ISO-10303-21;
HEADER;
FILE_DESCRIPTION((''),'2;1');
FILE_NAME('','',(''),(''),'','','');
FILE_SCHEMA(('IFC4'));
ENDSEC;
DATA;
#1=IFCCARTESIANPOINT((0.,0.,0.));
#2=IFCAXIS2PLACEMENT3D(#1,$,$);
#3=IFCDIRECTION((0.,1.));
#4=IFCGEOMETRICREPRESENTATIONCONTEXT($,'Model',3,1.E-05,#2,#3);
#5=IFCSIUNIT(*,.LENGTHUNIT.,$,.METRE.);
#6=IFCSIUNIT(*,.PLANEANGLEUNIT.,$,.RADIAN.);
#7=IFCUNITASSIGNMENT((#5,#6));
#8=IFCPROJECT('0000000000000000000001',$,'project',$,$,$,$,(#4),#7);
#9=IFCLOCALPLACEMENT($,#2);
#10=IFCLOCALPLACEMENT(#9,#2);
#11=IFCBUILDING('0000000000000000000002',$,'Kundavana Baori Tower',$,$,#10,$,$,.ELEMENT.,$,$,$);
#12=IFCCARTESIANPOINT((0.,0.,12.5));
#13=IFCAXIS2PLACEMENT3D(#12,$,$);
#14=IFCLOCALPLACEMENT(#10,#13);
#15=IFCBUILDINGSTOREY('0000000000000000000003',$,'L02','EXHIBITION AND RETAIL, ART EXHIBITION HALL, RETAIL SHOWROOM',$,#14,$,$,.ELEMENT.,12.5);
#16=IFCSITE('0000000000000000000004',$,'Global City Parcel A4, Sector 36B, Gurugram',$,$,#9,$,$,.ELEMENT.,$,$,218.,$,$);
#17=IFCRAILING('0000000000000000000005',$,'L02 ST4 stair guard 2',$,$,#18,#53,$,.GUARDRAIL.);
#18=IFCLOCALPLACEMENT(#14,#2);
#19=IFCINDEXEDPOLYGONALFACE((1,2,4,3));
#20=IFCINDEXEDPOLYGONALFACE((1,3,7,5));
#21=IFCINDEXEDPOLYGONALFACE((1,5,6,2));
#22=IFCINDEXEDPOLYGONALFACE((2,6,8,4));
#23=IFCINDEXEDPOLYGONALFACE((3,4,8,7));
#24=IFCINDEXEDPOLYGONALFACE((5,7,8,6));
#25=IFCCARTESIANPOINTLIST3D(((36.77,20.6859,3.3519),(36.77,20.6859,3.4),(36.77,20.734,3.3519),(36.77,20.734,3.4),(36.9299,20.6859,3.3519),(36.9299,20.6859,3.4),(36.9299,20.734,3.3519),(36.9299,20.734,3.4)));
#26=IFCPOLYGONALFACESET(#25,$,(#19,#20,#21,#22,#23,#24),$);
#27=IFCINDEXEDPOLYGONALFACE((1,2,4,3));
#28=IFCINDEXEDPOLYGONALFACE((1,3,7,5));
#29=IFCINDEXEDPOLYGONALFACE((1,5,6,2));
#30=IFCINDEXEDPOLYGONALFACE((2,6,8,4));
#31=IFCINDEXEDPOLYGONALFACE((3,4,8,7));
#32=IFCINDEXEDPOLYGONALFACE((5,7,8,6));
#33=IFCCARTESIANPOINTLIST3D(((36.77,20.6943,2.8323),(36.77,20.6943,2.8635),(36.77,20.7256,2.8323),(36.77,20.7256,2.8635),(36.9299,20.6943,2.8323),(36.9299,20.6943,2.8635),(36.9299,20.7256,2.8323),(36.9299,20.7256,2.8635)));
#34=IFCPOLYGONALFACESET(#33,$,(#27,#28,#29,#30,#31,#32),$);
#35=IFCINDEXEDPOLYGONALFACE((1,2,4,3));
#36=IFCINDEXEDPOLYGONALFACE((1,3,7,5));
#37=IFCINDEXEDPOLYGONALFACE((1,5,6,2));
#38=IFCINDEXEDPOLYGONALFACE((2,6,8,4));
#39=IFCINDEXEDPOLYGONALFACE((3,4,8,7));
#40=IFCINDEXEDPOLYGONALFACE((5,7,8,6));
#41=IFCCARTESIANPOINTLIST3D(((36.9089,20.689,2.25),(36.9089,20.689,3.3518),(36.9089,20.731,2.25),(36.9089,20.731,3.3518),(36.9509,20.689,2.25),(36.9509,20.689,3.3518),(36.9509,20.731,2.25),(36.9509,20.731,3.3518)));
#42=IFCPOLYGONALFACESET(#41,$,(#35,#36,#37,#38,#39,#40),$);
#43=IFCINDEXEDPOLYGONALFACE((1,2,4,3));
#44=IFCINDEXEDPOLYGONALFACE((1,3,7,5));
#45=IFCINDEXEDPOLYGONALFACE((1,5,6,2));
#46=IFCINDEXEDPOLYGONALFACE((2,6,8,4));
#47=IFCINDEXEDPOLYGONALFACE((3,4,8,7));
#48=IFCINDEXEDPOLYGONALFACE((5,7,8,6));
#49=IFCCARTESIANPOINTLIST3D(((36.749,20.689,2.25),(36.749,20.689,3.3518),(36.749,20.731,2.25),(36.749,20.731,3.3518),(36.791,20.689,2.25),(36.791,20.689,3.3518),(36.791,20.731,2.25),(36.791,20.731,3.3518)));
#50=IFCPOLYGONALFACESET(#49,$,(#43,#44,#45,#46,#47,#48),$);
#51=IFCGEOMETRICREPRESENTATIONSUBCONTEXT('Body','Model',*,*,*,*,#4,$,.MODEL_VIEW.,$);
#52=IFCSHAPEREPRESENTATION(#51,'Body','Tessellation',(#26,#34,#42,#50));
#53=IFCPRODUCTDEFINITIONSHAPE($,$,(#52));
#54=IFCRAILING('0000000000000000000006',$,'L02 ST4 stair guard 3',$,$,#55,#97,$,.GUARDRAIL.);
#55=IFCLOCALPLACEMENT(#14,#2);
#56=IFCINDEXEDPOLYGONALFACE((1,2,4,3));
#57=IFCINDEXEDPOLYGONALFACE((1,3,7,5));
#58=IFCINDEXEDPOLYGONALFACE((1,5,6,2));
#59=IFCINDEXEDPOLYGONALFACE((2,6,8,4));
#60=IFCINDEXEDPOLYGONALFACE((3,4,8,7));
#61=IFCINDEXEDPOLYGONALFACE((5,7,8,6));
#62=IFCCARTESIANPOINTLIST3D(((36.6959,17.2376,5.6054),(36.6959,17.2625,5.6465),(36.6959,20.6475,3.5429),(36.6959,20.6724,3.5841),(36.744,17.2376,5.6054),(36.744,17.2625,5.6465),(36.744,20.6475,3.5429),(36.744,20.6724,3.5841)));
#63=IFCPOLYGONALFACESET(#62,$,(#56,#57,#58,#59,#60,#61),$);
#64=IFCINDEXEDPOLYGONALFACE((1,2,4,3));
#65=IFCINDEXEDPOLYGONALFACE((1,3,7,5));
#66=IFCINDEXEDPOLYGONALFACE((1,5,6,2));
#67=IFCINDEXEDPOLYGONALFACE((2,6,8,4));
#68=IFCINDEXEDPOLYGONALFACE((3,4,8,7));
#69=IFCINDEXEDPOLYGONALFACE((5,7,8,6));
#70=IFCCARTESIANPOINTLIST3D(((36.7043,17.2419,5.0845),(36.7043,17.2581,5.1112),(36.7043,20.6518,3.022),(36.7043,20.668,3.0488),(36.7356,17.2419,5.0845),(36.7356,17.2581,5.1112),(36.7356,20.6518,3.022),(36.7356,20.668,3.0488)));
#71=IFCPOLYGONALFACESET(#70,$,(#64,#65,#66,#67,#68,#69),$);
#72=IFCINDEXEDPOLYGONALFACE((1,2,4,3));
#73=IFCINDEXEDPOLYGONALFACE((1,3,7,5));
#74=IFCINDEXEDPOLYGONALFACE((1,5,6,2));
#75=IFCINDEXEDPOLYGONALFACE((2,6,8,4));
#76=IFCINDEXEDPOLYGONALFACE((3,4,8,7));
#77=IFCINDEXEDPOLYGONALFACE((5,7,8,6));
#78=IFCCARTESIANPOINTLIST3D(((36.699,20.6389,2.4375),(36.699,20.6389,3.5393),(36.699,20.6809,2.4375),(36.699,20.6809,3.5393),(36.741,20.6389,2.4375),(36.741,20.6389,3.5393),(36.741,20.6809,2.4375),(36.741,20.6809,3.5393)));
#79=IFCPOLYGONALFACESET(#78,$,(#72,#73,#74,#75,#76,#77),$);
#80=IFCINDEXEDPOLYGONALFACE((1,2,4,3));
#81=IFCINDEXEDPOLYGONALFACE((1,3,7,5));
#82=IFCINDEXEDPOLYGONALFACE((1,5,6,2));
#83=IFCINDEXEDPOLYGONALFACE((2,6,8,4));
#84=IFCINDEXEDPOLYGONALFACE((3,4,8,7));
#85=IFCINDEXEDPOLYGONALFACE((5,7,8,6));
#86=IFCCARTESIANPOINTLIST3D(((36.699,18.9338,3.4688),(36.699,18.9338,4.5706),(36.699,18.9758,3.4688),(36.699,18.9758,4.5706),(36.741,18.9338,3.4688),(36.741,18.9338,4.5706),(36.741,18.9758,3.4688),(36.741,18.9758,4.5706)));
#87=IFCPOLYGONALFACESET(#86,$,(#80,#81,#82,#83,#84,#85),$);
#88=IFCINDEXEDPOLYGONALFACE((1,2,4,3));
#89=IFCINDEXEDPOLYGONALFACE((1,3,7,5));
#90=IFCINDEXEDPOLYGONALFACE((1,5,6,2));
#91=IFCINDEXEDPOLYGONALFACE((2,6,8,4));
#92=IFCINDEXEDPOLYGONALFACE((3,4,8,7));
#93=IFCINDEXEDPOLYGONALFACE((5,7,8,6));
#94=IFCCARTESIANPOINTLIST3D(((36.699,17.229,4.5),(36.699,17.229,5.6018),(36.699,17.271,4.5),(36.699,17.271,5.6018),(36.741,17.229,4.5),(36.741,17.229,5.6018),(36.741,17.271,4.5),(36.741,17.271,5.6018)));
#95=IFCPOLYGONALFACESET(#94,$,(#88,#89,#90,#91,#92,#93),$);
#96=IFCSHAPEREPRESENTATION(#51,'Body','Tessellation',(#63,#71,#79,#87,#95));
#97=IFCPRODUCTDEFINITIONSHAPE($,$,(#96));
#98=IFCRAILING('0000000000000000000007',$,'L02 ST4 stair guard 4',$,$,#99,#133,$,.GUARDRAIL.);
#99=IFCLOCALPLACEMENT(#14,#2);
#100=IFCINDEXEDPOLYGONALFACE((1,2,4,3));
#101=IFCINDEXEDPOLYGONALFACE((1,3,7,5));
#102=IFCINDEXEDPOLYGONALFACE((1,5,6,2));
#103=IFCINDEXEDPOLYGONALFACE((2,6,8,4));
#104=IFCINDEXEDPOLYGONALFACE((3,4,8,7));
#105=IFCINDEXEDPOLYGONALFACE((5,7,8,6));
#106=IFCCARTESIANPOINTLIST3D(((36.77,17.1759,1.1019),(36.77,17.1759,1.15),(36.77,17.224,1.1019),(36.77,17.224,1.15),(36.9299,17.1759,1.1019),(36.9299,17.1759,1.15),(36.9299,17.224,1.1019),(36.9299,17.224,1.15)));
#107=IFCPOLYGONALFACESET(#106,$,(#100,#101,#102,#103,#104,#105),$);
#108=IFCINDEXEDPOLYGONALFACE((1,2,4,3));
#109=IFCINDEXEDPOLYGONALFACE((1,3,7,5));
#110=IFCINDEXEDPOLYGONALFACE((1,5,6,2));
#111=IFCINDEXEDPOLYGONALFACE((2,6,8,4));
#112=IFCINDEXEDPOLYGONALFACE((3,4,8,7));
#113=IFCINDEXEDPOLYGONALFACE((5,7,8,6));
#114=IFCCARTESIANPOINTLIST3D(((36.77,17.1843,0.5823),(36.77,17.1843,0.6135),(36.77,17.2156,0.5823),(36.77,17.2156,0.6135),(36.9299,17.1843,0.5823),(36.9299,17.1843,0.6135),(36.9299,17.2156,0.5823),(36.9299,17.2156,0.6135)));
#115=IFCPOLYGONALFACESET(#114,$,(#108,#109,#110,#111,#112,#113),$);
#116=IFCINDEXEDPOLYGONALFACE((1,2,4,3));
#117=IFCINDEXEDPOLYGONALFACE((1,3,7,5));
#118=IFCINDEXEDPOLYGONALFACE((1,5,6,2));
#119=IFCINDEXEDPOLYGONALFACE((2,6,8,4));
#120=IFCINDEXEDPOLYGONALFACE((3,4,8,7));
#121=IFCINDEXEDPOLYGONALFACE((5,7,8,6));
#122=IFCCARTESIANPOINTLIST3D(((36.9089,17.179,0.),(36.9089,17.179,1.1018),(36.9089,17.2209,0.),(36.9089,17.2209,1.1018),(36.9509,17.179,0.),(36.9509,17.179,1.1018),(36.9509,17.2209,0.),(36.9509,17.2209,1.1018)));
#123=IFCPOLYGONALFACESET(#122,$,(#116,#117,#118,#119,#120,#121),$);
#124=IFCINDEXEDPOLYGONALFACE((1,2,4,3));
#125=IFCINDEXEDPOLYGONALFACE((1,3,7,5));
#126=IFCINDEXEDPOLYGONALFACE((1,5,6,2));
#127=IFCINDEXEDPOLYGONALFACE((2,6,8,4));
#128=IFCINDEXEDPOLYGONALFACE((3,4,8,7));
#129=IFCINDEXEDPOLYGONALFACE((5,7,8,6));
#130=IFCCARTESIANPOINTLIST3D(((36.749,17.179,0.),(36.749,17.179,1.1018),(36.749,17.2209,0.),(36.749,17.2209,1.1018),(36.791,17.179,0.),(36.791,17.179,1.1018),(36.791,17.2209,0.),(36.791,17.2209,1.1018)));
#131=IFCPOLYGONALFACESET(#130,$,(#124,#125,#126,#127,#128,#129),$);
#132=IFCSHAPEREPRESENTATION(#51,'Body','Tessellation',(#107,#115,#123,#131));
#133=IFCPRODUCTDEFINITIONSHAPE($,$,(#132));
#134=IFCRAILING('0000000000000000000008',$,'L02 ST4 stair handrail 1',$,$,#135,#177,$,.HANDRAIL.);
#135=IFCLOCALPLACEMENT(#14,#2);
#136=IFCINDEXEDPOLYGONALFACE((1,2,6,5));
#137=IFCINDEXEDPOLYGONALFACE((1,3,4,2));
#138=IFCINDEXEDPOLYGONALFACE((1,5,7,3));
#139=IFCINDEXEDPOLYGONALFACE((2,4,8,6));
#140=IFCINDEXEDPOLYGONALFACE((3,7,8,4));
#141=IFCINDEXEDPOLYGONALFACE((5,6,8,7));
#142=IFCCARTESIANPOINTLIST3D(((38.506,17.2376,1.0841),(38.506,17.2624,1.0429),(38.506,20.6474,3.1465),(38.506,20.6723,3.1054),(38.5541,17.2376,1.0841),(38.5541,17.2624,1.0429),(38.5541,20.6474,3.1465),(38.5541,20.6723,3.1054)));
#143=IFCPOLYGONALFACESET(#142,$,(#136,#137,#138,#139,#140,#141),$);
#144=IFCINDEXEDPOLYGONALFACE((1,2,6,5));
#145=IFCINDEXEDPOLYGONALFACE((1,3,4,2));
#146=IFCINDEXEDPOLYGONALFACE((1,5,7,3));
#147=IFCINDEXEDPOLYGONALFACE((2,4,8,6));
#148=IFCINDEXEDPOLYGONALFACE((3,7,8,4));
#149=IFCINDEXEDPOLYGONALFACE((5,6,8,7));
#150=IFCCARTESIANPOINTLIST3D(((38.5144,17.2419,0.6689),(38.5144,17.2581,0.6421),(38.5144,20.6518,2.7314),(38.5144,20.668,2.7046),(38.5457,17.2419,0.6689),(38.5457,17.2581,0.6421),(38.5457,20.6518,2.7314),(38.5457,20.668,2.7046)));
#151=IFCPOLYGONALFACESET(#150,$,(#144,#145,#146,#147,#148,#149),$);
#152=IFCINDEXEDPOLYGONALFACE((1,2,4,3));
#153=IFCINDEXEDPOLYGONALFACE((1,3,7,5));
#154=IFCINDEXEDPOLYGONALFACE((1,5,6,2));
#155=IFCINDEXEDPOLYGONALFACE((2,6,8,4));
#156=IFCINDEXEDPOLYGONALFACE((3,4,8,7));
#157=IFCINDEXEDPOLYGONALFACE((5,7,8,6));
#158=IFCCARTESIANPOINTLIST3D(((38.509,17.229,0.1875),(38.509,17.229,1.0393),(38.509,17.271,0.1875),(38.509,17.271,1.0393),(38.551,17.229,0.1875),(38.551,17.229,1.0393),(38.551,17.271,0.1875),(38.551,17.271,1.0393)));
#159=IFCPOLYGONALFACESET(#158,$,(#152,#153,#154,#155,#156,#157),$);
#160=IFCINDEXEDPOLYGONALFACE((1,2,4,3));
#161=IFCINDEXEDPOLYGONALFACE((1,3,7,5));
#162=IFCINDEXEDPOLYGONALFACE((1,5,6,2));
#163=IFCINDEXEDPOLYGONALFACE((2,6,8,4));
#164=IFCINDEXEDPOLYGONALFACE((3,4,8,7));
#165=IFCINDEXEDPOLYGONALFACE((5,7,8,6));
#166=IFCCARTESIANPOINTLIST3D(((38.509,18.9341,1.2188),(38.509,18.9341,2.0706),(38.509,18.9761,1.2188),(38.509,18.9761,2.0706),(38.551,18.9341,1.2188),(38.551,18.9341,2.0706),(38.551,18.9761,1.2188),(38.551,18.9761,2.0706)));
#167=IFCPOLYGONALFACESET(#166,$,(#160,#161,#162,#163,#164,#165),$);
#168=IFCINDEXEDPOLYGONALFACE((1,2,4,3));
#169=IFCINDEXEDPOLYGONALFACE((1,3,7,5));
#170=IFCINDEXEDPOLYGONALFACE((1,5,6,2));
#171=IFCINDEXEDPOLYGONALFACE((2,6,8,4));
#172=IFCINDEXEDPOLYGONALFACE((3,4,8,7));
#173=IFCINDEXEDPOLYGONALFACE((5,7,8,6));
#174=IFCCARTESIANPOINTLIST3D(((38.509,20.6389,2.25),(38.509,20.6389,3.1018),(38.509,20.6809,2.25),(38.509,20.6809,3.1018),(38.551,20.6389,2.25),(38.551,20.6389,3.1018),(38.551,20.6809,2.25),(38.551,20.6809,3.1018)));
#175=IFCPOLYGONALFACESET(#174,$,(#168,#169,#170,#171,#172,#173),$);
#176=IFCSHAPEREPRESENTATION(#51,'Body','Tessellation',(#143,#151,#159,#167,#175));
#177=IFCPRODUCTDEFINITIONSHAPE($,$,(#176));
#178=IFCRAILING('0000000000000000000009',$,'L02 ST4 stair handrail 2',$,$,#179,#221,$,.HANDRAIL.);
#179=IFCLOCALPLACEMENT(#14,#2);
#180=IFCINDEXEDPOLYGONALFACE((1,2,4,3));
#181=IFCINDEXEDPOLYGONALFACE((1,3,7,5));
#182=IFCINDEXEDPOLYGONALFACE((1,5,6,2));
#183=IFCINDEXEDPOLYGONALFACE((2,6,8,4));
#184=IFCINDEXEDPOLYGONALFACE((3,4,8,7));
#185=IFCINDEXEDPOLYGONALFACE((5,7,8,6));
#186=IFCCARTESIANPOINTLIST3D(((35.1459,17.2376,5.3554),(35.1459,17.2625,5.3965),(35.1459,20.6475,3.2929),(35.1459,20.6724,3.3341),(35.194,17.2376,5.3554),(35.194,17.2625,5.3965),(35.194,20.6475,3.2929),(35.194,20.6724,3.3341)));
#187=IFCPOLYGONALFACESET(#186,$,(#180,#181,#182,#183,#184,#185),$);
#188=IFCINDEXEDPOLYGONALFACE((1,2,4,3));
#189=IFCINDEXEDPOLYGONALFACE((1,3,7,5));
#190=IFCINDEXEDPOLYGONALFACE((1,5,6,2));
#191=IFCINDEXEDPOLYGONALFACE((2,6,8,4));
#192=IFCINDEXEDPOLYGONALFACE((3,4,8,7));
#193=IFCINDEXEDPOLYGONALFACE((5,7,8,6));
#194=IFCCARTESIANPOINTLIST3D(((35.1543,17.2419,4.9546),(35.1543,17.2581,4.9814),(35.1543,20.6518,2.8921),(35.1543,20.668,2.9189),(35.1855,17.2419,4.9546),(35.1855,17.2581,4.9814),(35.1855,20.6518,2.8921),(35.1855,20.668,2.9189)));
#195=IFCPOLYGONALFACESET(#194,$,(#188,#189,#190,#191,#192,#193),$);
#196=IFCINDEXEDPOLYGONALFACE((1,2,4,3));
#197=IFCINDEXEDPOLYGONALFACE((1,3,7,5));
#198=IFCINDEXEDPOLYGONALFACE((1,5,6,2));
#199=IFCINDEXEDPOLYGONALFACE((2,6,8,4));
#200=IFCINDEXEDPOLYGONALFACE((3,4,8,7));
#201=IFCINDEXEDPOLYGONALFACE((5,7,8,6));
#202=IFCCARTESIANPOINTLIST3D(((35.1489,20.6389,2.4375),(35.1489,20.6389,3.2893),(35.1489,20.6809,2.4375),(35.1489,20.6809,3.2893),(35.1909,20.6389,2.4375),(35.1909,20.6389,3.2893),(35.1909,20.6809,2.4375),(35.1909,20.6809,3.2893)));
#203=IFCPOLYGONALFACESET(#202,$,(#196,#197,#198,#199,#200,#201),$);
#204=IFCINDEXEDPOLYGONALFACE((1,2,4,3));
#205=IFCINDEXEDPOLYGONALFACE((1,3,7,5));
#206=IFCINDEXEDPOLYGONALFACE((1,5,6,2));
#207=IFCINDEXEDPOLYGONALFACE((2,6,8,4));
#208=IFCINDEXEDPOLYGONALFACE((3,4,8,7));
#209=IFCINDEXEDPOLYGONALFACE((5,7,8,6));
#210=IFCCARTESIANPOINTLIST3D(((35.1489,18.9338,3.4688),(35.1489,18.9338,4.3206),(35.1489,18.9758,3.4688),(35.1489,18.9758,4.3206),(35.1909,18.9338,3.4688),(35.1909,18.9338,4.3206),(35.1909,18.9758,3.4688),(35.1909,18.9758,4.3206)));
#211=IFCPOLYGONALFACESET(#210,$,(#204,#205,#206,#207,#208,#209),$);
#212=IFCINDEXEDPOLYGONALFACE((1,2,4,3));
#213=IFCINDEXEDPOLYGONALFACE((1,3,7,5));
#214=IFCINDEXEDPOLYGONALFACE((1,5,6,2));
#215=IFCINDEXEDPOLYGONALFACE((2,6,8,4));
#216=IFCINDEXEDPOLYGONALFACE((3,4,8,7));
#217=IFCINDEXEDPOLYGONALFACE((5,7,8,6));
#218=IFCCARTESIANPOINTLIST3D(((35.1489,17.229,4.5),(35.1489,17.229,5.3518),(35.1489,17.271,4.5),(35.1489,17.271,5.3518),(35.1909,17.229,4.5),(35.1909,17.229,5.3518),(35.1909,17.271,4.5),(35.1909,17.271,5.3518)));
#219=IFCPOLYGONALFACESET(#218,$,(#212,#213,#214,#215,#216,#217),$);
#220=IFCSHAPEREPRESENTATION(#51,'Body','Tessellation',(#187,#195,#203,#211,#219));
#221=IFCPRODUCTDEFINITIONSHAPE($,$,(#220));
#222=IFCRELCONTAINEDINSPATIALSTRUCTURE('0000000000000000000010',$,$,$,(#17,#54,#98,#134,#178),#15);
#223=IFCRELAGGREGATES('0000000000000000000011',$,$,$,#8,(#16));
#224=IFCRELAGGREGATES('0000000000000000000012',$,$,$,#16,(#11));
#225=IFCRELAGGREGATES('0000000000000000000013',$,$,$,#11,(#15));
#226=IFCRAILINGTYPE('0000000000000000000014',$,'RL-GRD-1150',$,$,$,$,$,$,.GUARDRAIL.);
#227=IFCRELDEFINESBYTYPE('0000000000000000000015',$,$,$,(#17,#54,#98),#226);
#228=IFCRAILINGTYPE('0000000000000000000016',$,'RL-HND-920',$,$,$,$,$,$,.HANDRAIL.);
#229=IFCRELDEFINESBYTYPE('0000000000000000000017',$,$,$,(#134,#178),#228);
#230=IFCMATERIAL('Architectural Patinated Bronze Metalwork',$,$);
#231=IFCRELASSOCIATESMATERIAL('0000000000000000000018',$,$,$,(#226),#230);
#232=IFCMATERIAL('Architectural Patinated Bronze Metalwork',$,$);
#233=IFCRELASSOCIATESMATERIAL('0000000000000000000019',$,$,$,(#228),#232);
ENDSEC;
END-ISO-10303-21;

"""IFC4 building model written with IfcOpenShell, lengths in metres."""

from ifc_helpers import new_model, si_unit, direction, frame, origin, origin_2d, place, context, subcontext, project, spatial, rectangle, extrude, material, type_object, element, save


model = new_model("IFC4")

# Units and contexts
model_context = context("Model", 3, precision=1e-05, world=origin(), true_north=direction((0.0, 1.0)))
body_context = subcontext(model_context, "Body", "Model", "MODEL_VIEW")
ifc_project = project(units=[si_unit("LENGTHUNIT", "METRE"), si_unit("PLANEANGLEUNIT", "RADIAN")], contexts=[model_context])

# Site, building, storey
site_placement = place(None, origin())
site = spatial("IfcSite", under=ifc_project, at=site_placement, Name="Global City Parcel A4, Sector 36B, Gurugram", CompositionType="ELEMENT", RefElevation=218.0)
building_placement = place(site_placement, origin())
building = spatial("IfcBuilding", under=site, at=building_placement, Name="Kundavana Baori Tower", CompositionType="ELEMENT")
storey_placement = place(building_placement, frame((0.0, 0.0, 12.5)))
storey = spatial("IfcBuildingStorey", under=building, at=storey_placement, Name="L02", Description="EXHIBITION AND RETAIL, ART EXHIBITION HALL, RETAIL SHOWROOM", CompositionType="ELEMENT", Elevation=12.5)

# Railings
ifc_material_1 = material(Name="Architectural Patinated Bronze Metalwork")
railing_type_1 = type_object("IfcRailingType", Name="RL-GRD-1150", PredefinedType="GUARDRAIL", material=ifc_material_1)
railing_1_placement = place(storey_placement, frame((36.9299, 20.71, 2.25)))
element("IfcRailing", 1, at=railing_1_placement, inside=storey, type_object=railing_type_1, Name="L02 ST4 stair guard 2", PredefinedType="GUARDRAIL", context=body_context, shape_type="SweptSolid", body=[
    extrude(rectangle(XDim=0.0481, YDim=0.0481, at=origin_2d()), frame((0.0, 0.0, 1.126), z_axis=(-1.0, 0.0, 0.0), x_axis=(0.0, -1.0, 0.0)), (0.0, 0.0, 1.0), 0.1599),
    extrude(rectangle(XDim=0.0312, YDim=0.0312, at=origin_2d()), frame((0.0, 0.0, 0.5979), z_axis=(-1.0, 0.0, 0.0), x_axis=(0.0, -1.0, 0.0)), (0.0, 0.0, 1.0), 0.1599),
    extrude(rectangle(XDim=0.042, YDim=0.042, at=origin_2d()), origin(), (0.0, 0.0, 1.0), 1.1018),
    extrude(rectangle(XDim=0.042, YDim=0.042, at=origin_2d()), frame((-0.1599, 0.0, 0.0)), (0.0, 0.0, 1.0), 1.1018),
])
railing_2_placement = place(storey_placement, frame((36.72, 20.6599, 2.4375)))
element("IfcRailing", 2, at=railing_2_placement, inside=storey, type_object=railing_type_1, Name="L02 ST4 stair guard 3", PredefinedType="GUARDRAIL", context=body_context, shape_type="SweptSolid", body=[
    extrude(rectangle(XDim=0.0481, YDim=0.0481, at=origin_2d()), frame((0.0, 0.0, 1.126), z_axis=(0.0, -0.855655, 0.517547), x_axis=(1.0, 0.0, 0.0)), (0.0, 0.0, 1.0), 3.9851),
    extrude(rectangle(XDim=0.0312, YDim=0.0312, at=origin_2d()), frame((0.0, 0.0, 0.5979), z_axis=(0.0, -0.855655, 0.517547), x_axis=(1.0, 0.0, 0.0)), (0.0, 0.0, 1.0), 3.9851),
    extrude(rectangle(XDim=0.042, YDim=0.042, at=origin_2d()), origin(), (0.0, 0.0, 1.0), 1.1018),
    extrude(rectangle(XDim=0.042, YDim=0.042, at=origin_2d()), frame((0.0, -1.7051, 1.0312)), (0.0, 0.0, 1.0), 1.1018),
    extrude(rectangle(XDim=0.042, YDim=0.042, at=origin_2d()), frame((0.0, -3.4099, 2.0625)), (0.0, 0.0, 1.0), 1.1018),
])
railing_3_placement = place(storey_placement, frame((36.9299, 17.2, 0.0)))
element("IfcRailing", 3, at=railing_3_placement, inside=storey, type_object=railing_type_1, Name="L02 ST4 stair guard 4", PredefinedType="GUARDRAIL", context=body_context, shape_type="SweptSolid", body=[
    extrude(rectangle(XDim=0.0481, YDim=0.0481, at=origin_2d()), frame((0.0, 0.0, 1.126), z_axis=(-1.0, 0.0, 0.0), x_axis=(0.0, -1.0, 0.0)), (0.0, 0.0, 1.0), 0.1599),
    extrude(rectangle(XDim=0.0312, YDim=0.0312, at=origin_2d()), frame((0.0, 0.0, 0.5979), z_axis=(-1.0, 0.0, 0.0), x_axis=(0.0, -1.0, 0.0)), (0.0, 0.0, 1.0), 0.1599),
    extrude(rectangle(XDim=0.042, YDim=0.042, at=origin_2d()), origin(), (0.0, 0.0, 1.0), 1.1018),
    extrude(rectangle(XDim=0.042, YDim=0.042, at=origin_2d()), frame((-0.1599, 0.0, 0.0)), (0.0, 0.0, 1.0), 1.1018),
])
ifc_material_2 = material(Name="Architectural Patinated Bronze Metalwork")
railing_type_2 = type_object("IfcRailingType", Name="RL-HND-920", PredefinedType="HANDRAIL", material=ifc_material_2)
railing_4_placement = place(storey_placement, frame((38.53, 17.25, 0.1875)))
element("IfcRailing", 4, at=railing_4_placement, inside=storey, type_object=railing_type_2, Name="L02 ST4 stair handrail 1", PredefinedType="HANDRAIL", context=body_context, shape_type="SweptSolid", body=[
    extrude(rectangle(XDim=0.0481, YDim=0.0481, at=origin_2d()), frame((0.0, 0.0, 0.876), z_axis=(0.0, 0.855655, 0.517547), x_axis=(-1.0, 0.0, 0.0)), (0.0, 0.0, 1.0), 3.9851),
    extrude(rectangle(XDim=0.0312, YDim=0.0312, at=origin_2d()), frame((0.0, 0.0, 0.468), z_axis=(0.0, 0.855655, 0.517547), x_axis=(-1.0, 0.0, 0.0)), (0.0, 0.0, 1.0), 3.9851),
    extrude(rectangle(XDim=0.042, YDim=0.042, at=origin_2d()), origin(), (0.0, 0.0, 1.0), 0.8518),
    extrude(rectangle(XDim=0.042, YDim=0.042, at=origin_2d()), frame((0.0, 1.7051, 1.0312)), (0.0, 0.0, 1.0), 0.8518),
    extrude(rectangle(XDim=0.042, YDim=0.042, at=origin_2d()), frame((0.0, 3.4099, 2.0625)), (0.0, 0.0, 1.0), 0.8518),
])
railing_5_placement = place(storey_placement, frame((35.1699, 20.6599, 2.4375)))
element("IfcRailing", 5, at=railing_5_placement, inside=storey, type_object=railing_type_2, Name="L02 ST4 stair handrail 2", PredefinedType="HANDRAIL", context=body_context, shape_type="SweptSolid", body=[
    extrude(rectangle(XDim=0.0481, YDim=0.0481, at=origin_2d()), frame((0.0, 0.0, 0.876), z_axis=(0.0, -0.855655, 0.517547), x_axis=(1.0, 0.0, 0.0)), (0.0, 0.0, 1.0), 3.9851),
    extrude(rectangle(XDim=0.0312, YDim=0.0312, at=origin_2d()), frame((0.0, 0.0, 0.468), z_axis=(0.0, -0.855655, 0.517547), x_axis=(1.0, 0.0, 0.0)), (0.0, 0.0, 1.0), 3.9851),
    extrude(rectangle(XDim=0.042, YDim=0.042, at=origin_2d()), origin(), (0.0, 0.0, 1.0), 0.8518),
    extrude(rectangle(XDim=0.042, YDim=0.042, at=origin_2d()), frame((0.0, -1.7051, 1.0312)), (0.0, 0.0, 1.0), 0.8518),
    extrude(rectangle(XDim=0.042, YDim=0.042, at=origin_2d()), frame((0.0, -3.4099, 2.0625)), (0.0, 0.0, 1.0), 0.8518),
])

save(model, "model.ifc")
